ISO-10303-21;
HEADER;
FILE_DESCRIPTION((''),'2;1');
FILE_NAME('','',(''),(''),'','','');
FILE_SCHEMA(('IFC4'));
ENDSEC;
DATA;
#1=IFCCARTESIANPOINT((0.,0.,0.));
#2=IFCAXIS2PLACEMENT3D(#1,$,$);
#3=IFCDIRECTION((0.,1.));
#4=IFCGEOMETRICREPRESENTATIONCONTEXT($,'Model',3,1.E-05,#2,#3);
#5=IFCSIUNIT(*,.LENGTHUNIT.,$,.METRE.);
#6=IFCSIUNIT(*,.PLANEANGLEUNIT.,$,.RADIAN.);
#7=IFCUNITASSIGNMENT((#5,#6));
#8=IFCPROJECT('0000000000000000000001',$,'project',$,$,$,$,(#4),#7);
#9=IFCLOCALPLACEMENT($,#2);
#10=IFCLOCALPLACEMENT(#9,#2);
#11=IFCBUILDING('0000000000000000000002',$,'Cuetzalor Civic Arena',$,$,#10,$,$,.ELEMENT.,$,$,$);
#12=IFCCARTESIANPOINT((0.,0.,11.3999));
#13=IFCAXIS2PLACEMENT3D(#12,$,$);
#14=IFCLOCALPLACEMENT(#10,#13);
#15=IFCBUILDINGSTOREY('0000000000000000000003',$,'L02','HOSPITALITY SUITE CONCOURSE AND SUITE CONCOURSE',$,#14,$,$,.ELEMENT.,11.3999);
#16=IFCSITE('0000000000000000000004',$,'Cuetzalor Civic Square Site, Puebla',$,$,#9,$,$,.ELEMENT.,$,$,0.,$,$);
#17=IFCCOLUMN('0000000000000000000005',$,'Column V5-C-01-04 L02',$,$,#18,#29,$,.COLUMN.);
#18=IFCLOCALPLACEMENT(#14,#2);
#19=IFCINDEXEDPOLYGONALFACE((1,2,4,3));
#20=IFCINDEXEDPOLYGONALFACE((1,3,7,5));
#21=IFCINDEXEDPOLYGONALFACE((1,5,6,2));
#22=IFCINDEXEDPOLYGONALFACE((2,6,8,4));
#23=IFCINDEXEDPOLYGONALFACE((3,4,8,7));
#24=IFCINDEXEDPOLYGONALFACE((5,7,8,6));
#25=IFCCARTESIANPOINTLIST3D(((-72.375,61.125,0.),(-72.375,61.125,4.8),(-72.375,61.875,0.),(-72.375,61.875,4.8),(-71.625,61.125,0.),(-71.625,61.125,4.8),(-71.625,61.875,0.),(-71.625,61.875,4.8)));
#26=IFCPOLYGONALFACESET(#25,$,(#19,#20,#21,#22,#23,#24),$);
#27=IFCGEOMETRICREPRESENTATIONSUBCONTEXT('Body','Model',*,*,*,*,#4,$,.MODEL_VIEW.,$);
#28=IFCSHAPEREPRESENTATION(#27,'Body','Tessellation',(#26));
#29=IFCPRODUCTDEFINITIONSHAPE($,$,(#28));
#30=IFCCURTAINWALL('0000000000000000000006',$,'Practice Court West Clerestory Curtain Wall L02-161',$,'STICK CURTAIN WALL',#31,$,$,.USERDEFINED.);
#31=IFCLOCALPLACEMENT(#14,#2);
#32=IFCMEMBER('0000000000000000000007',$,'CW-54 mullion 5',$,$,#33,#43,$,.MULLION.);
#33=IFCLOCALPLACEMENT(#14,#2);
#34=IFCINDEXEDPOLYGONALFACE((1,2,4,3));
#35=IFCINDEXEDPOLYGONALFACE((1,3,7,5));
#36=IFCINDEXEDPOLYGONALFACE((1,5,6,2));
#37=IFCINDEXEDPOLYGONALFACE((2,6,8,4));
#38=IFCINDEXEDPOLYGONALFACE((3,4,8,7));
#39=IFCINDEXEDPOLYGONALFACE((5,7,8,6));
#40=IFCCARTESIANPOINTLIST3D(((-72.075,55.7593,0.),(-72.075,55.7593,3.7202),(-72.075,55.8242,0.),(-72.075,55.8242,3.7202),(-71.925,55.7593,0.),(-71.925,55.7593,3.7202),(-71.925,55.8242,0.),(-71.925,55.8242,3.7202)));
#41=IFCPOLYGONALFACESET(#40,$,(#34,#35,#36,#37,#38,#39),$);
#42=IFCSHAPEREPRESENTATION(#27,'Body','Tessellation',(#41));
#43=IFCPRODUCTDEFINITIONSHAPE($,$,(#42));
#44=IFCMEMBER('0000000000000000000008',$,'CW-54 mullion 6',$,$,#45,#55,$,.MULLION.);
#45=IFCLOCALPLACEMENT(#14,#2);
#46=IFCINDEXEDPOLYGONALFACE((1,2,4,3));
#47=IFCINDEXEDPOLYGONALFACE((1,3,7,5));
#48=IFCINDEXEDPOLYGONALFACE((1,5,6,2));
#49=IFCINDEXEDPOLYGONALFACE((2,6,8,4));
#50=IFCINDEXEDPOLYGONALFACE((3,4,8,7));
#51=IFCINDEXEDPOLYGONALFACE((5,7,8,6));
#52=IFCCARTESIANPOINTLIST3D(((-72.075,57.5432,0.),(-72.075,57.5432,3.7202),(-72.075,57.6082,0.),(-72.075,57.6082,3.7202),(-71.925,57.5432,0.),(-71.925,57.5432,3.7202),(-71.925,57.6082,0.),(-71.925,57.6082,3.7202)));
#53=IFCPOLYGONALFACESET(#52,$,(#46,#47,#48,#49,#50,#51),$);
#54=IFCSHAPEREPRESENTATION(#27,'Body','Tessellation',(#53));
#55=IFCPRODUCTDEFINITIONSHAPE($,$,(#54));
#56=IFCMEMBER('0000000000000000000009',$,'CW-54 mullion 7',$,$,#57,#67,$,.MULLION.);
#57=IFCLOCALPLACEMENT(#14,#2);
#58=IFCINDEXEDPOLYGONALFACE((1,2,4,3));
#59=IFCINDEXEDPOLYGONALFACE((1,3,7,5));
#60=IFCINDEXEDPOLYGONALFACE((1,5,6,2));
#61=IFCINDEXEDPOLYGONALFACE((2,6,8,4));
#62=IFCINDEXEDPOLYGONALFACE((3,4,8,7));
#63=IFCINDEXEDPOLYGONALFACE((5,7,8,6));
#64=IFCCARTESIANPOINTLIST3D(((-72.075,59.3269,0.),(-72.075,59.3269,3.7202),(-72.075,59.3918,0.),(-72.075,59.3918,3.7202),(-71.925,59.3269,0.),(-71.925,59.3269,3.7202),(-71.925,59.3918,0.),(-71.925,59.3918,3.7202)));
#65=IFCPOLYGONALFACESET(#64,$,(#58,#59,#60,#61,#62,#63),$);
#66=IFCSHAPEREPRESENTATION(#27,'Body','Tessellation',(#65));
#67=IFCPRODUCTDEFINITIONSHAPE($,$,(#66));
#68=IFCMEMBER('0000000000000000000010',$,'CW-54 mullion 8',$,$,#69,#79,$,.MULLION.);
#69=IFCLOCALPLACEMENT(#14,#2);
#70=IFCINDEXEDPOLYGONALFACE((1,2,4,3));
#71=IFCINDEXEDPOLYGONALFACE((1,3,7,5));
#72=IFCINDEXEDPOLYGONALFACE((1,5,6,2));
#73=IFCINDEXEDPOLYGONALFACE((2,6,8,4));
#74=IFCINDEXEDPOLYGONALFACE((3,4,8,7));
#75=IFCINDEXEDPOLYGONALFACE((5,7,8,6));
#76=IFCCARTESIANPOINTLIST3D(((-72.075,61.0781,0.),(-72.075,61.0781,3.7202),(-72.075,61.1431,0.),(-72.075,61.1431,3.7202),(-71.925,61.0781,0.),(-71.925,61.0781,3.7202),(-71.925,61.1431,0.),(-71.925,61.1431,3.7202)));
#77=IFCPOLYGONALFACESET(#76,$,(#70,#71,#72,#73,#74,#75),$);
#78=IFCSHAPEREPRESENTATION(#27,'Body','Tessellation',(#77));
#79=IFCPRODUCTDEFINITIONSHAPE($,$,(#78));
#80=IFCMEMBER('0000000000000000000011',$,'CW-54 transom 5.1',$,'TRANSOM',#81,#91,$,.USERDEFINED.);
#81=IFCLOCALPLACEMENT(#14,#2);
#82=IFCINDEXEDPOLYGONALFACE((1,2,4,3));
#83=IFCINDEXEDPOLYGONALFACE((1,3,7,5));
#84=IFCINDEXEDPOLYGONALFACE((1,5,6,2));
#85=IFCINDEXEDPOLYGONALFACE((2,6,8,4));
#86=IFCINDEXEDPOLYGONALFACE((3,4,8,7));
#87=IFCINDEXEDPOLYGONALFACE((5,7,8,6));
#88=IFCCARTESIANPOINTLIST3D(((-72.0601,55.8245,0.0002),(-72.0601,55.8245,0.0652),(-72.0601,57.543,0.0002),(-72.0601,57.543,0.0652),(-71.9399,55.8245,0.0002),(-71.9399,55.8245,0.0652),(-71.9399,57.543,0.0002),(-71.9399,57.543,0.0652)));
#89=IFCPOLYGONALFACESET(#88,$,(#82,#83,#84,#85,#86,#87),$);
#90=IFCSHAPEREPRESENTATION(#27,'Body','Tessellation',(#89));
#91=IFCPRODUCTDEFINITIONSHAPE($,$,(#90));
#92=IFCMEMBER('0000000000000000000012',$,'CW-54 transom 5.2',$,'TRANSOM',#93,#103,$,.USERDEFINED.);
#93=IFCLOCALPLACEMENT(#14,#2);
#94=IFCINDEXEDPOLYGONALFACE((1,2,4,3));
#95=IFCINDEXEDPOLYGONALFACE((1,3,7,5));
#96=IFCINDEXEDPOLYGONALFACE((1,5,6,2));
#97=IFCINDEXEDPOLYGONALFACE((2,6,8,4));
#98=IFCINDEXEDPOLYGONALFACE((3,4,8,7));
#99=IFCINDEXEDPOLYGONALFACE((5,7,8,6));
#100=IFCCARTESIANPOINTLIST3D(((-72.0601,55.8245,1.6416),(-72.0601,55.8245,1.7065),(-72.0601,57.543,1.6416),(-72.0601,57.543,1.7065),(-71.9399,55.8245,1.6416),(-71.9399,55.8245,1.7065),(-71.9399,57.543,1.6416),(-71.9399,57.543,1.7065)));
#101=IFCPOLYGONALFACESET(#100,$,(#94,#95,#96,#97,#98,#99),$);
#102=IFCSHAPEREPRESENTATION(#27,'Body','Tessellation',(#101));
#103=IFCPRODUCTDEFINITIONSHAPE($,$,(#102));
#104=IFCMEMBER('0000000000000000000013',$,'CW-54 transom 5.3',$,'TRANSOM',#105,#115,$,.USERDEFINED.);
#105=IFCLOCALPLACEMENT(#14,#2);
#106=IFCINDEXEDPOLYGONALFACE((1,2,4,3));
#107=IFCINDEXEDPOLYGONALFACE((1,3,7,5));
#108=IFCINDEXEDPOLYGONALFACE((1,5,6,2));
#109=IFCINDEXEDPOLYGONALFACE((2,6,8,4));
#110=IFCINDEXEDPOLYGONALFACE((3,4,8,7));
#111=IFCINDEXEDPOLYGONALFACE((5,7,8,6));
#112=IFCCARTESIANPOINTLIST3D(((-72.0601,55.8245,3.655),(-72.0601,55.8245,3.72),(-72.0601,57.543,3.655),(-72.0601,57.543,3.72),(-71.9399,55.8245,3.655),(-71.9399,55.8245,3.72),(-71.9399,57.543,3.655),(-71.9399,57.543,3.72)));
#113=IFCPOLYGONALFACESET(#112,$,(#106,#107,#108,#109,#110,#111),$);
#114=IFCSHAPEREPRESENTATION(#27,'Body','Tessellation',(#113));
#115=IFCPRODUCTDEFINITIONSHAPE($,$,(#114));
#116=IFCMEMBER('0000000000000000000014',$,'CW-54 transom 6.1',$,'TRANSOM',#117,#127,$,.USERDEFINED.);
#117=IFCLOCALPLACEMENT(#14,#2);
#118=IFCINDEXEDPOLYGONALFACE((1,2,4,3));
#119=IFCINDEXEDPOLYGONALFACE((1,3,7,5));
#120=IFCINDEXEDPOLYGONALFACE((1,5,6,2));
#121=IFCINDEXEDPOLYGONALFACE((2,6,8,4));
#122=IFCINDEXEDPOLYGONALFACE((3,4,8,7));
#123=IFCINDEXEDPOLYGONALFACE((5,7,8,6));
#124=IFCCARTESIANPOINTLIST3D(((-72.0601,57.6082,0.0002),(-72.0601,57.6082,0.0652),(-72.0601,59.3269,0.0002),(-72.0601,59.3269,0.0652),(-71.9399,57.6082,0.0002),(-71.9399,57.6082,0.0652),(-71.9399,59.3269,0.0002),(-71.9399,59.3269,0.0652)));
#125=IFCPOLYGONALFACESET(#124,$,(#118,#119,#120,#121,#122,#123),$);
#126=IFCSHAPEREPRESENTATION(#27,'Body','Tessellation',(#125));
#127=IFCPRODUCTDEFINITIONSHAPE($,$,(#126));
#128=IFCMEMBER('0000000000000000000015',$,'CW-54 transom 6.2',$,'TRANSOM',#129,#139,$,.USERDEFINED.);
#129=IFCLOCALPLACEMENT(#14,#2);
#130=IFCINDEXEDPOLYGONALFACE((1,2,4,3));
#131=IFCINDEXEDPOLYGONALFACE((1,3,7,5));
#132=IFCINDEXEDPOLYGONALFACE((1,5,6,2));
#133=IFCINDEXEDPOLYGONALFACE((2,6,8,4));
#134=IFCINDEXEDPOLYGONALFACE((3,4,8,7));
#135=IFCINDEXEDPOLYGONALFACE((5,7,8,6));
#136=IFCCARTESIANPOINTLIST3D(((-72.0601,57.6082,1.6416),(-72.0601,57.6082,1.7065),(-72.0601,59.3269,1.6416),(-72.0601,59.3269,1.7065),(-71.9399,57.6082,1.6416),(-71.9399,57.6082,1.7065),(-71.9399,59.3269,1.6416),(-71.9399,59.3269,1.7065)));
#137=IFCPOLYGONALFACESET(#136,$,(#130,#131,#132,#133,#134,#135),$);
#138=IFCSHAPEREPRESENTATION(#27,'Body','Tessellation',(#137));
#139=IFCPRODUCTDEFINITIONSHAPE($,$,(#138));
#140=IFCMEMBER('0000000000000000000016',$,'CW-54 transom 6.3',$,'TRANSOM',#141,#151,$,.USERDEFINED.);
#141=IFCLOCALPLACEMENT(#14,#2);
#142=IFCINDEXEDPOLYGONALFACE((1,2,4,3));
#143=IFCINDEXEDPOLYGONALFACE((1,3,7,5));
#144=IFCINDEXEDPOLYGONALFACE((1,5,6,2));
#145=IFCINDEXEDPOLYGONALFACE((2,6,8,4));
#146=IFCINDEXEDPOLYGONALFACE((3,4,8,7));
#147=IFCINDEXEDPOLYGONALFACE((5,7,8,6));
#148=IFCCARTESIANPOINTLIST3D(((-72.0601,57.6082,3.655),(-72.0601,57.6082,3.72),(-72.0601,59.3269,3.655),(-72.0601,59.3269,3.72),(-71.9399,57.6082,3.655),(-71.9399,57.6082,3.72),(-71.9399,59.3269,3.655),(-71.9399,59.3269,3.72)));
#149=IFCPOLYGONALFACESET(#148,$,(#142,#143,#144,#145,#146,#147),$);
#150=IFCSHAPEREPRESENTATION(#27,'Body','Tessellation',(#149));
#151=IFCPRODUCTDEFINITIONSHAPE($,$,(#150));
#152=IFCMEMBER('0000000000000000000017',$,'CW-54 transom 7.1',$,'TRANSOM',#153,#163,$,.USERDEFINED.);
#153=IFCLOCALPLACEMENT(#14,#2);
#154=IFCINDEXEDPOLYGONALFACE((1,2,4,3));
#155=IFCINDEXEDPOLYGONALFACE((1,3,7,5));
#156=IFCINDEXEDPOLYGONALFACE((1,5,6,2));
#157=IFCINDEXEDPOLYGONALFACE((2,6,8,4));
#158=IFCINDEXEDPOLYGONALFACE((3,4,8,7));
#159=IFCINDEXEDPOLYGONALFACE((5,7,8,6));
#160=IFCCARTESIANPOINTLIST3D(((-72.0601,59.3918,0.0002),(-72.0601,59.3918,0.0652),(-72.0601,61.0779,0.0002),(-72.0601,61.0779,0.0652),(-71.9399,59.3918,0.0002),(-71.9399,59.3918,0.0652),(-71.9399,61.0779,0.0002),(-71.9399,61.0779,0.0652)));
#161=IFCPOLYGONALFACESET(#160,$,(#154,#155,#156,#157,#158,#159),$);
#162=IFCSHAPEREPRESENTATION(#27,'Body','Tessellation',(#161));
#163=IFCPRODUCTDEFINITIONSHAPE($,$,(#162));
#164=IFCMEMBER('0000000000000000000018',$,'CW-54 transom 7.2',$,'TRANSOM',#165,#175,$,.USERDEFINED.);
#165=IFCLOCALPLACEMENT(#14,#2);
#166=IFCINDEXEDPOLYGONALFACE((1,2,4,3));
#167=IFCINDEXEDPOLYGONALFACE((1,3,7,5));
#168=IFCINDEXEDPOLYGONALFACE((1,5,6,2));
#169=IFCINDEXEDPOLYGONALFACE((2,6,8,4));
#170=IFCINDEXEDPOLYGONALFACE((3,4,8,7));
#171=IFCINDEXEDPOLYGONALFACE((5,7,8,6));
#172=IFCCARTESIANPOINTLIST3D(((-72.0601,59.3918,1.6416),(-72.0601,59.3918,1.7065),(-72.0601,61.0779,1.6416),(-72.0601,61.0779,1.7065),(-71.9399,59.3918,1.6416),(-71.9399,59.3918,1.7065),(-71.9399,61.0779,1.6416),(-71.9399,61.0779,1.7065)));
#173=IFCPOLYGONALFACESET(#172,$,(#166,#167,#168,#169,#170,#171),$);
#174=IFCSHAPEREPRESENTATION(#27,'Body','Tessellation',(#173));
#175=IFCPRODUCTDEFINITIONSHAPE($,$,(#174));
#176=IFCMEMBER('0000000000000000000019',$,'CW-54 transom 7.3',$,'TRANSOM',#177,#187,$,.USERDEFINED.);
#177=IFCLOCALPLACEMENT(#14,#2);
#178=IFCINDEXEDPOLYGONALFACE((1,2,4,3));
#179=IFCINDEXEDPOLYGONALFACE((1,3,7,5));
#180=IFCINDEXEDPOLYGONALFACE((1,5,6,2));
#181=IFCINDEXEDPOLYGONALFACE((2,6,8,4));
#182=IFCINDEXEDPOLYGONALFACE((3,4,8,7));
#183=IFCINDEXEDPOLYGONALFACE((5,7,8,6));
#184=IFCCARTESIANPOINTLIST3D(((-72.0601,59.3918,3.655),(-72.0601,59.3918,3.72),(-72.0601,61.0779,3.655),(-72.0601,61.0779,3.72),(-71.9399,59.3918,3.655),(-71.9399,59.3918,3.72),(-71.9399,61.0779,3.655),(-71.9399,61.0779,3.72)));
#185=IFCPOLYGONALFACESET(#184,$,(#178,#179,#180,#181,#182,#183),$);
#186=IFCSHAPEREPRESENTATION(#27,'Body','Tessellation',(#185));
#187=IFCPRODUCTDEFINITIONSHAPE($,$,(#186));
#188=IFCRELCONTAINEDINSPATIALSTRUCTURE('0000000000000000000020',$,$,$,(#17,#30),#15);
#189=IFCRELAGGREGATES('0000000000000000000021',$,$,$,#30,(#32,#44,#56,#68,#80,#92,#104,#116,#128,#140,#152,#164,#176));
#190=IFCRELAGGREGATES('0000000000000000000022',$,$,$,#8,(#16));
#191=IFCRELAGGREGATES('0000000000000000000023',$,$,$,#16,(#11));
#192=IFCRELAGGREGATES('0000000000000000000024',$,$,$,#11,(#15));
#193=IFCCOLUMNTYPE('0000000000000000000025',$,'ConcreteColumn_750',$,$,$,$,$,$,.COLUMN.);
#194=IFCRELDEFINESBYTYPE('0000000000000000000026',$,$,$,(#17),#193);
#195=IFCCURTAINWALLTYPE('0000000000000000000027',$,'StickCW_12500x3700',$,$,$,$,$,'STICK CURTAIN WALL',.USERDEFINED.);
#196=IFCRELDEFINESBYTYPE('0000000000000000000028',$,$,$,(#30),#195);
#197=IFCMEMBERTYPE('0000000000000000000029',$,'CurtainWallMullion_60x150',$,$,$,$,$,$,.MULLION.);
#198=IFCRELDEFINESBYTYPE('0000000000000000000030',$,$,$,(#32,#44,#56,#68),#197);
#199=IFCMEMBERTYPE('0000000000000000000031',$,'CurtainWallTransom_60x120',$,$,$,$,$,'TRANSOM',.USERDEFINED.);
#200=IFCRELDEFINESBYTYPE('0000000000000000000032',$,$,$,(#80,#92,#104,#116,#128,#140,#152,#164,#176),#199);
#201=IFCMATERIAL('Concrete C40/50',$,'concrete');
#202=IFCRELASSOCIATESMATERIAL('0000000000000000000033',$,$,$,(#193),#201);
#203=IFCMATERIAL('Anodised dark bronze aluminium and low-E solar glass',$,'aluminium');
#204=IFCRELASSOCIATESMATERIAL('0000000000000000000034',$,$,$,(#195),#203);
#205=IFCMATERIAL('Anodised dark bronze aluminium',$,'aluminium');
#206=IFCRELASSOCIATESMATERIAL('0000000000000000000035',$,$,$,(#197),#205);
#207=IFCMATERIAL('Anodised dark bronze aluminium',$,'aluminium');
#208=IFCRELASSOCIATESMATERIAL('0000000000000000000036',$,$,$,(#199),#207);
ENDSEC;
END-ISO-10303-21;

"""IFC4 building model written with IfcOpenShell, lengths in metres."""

from ifc_helpers import new_model, si_unit, direction, frame, origin, origin_2d, place, context, subcontext, project, spatial, rectangle, extrude, material, material_profile, profile_set, type_object, element, aggregate, save


model = new_model("IFC4")

# Units and contexts
model_context = context("Model", 3, precision=1e-05, world=origin(), true_north=direction((0.0, 1.0)))
body_context = subcontext(model_context, "Body", "Model", "MODEL_VIEW")
ifc_project = project(units=[si_unit("LENGTHUNIT", "METRE"), si_unit("PLANEANGLEUNIT", "RADIAN")], contexts=[model_context])

# Site, building, storey
site_placement = place(None, origin())
site = spatial("IfcSite", under=ifc_project, at=site_placement, Name="Cuetzalor Civic Square Site, Puebla", CompositionType="ELEMENT", RefElevation=0.0)
building_placement = place(site_placement, origin())
building = spatial("IfcBuilding", under=site, at=building_placement, Name="Cuetzalor Civic Arena", CompositionType="ELEMENT")
storey_placement = place(building_placement, frame((0.0, 0.0, 11.3999)))
storey = spatial("IfcBuildingStorey", under=building, at=storey_placement, Name="L02", Description="HOSPITALITY SUITE CONCOURSE AND SUITE CONCOURSE", CompositionType="ELEMENT", Elevation=11.3999)

# Column
ifc_material_1 = material(Name="Concrete C40/50", Category="concrete")
ifc_material_profile_1 = material_profile(ifc_material_1, rectangle(XDim=0.75, YDim=0.75, at=origin_2d()), Name="RC 750x750")
ifc_profile_set_1 = profile_set([ifc_material_profile_1], Name="Concrete C40/50")
column_type = type_object("IfcColumnType", Name="ConcreteColumn_750", PredefinedType="COLUMN", material=ifc_profile_set_1)
column_placement = place(storey_placement, frame((-72.0, 61.5, 0.0), z_axis=(0.0, 0.0, 1.0), x_axis=(1.0, 0.0, 0.0)))
element("IfcColumn", 1, at=column_placement, inside=storey, type_object=column_type, Name="Column V5-C-01-04 L02", PredefinedType="COLUMN", context=body_context, shape_type="SweptSolid", body=[
    extrude(rectangle(XDim=0.75, YDim=0.75, at=origin_2d()), origin(), (0.0, 0.0, 1.0), 4.8),
])

# Curtain wall, members
ifc_material_2 = material(Name="Anodised dark bronze aluminium and low-E solar glass", Category="aluminium")
curtain_wall_type = type_object("IfcCurtainWallType", Name="StickCW_12500x3700", ElementType="STICK CURTAIN WALL", PredefinedType="USERDEFINED", material=ifc_material_2)
curtain_wall_placement = place(storey_placement, origin())
curtain_wall = element("IfcCurtainWall", 2, at=curtain_wall_placement, inside=storey, type_object=curtain_wall_type, Name="Practice Court West Clerestory Curtain Wall L02-161", ObjectType="STICK CURTAIN WALL", PredefinedType="USERDEFINED")
ifc_material_3 = material(Name="Anodised dark bronze aluminium", Category="aluminium")
ifc_material_profile_2 = material_profile(ifc_material_3, rectangle(XDim=0.0649, YDim=0.1499, at=origin_2d()), Name="ALU MULLION 65x150")
ifc_profile_set_2 = profile_set([ifc_material_profile_2], Name="Anodised dark bronze aluminium")
member_type_1 = type_object("IfcMemberType", Name="CurtainWallMullion_60x150", PredefinedType="MULLION", material=ifc_profile_set_2)
member_1_placement = place(storey_placement, frame((-72.0, 55.7917, 0.0), z_axis=(0.0, 0.0, 1.0), x_axis=(0.0, 1.0, 0.0)))
member_1 = element("IfcMember", 3, at=member_1_placement, type_object=member_type_1, Name="CW-54 mullion 5", PredefinedType="MULLION", context=body_context, shape_type="SweptSolid", body=[
    extrude(rectangle(XDim=0.0649, YDim=0.1499, at=origin_2d()), origin(), (0.0, 0.0, 1.0), 3.7202),
])
member_2_placement = place(storey_placement, frame((-72.0, 57.5757, 0.0), z_axis=(0.0, 0.0, 1.0), x_axis=(0.0, 1.0, 0.0)))
member_2 = element("IfcMember", 4, at=member_2_placement, type_object=member_type_1, Name="CW-54 mullion 6", PredefinedType="MULLION", context=body_context, shape_type="SweptSolid", body=[
    extrude(rectangle(XDim=0.0649, YDim=0.1499, at=origin_2d()), origin(), (0.0, 0.0, 1.0), 3.7202),
])
member_3_placement = place(storey_placement, frame((-72.0, 59.3594, 0.0), z_axis=(0.0, 0.0, 1.0), x_axis=(0.0, 1.0, 0.0)))
member_3 = element("IfcMember", 5, at=member_3_placement, type_object=member_type_1, Name="CW-54 mullion 7", PredefinedType="MULLION", context=body_context, shape_type="SweptSolid", body=[
    extrude(rectangle(XDim=0.0649, YDim=0.1499, at=origin_2d()), origin(), (0.0, 0.0, 1.0), 3.7202),
])
member_4_placement = place(storey_placement, frame((-72.0, 61.1106, 0.0), z_axis=(0.0, 0.0, 1.0), x_axis=(0.0, 1.0, 0.0)))
member_4 = element("IfcMember", 6, at=member_4_placement, type_object=member_type_1, Name="CW-54 mullion 8", PredefinedType="MULLION", context=body_context, shape_type="SweptSolid", body=[
    extrude(rectangle(XDim=0.0649, YDim=0.1499, at=origin_2d()), origin(), (0.0, 0.0, 1.0), 3.7202),
])
ifc_material_4 = material(Name="Anodised dark bronze aluminium", Category="aluminium")
ifc_material_profile_3 = material_profile(ifc_material_4, rectangle(XDim=0.1201, YDim=0.0649, at=origin_2d()), Name="ALU TRANSOM 65x120")
ifc_profile_set_3 = profile_set([ifc_material_profile_3], Name="Anodised dark bronze aluminium")
member_type_2 = type_object("IfcMemberType", Name="CurtainWallTransom_60x120", ElementType="TRANSOM", PredefinedType="USERDEFINED", material=ifc_profile_set_3)
member_5_placement = place(storey_placement, frame((-72.0, 55.8245, 0.0327), z_axis=(0.0, 1.0, 0.0), x_axis=(-1.0, 0.0, 0.0)))
member_5 = element("IfcMember", 7, at=member_5_placement, type_object=member_type_2, Name="CW-54 transom 5.1", ObjectType="TRANSOM", PredefinedType="USERDEFINED", context=body_context, shape_type="SweptSolid", body=[
    extrude(rectangle(XDim=0.1201, YDim=0.0649, at=origin_2d()), origin(), (0.0, 0.0, 1.0), 1.7185),
])
member_6_placement = place(storey_placement, frame((-72.0, 55.8245, 1.6741), z_axis=(0.0, 1.0, 0.0), x_axis=(-1.0, 0.0, 0.0)))
member_6 = element("IfcMember", 8, at=member_6_placement, type_object=member_type_2, Name="CW-54 transom 5.2", ObjectType="TRANSOM", PredefinedType="USERDEFINED", context=body_context, shape_type="SweptSolid", body=[
    extrude(rectangle(XDim=0.1201, YDim=0.0649, at=origin_2d()), origin(), (0.0, 0.0, 1.0), 1.7185),
])
member_7_placement = place(storey_placement, frame((-72.0, 55.8245, 3.6875), z_axis=(0.0, 1.0, 0.0), x_axis=(-1.0, 0.0, 0.0)))
member_7 = element("IfcMember", 9, at=member_7_placement, type_object=member_type_2, Name="CW-54 transom 5.3", ObjectType="TRANSOM", PredefinedType="USERDEFINED", context=body_context, shape_type="SweptSolid", body=[
    extrude(rectangle(XDim=0.1201, YDim=0.0649, at=origin_2d()), origin(), (0.0, 0.0, 1.0), 1.7185),
])
member_8_placement = place(storey_placement, frame((-72.0, 57.6082, 0.0327), z_axis=(0.0, 1.0, 0.0), x_axis=(-1.0, 0.0, 0.0)))
member_8 = element("IfcMember", 10, at=member_8_placement, type_object=member_type_2, Name="CW-54 transom 6.1", ObjectType="TRANSOM", PredefinedType="USERDEFINED", context=body_context, shape_type="SweptSolid", body=[
    extrude(rectangle(XDim=0.1201, YDim=0.0649, at=origin_2d()), origin(), (0.0, 0.0, 1.0), 1.7188),
])
member_9_placement = place(storey_placement, frame((-72.0, 57.6082, 1.6741), z_axis=(0.0, 1.0, 0.0), x_axis=(-1.0, 0.0, 0.0)))
member_9 = element("IfcMember", 11, at=member_9_placement, type_object=member_type_2, Name="CW-54 transom 6.2", ObjectType="TRANSOM", PredefinedType="USERDEFINED", context=body_context, shape_type="SweptSolid", body=[
    extrude(rectangle(XDim=0.1201, YDim=0.0649, at=origin_2d()), origin(), (0.0, 0.0, 1.0), 1.7188),
])
member_10_placement = place(storey_placement, frame((-72.0, 57.6082, 3.6875), z_axis=(0.0, 1.0, 0.0), x_axis=(-1.0, 0.0, 0.0)))
member_10 = element("IfcMember", 12, at=member_10_placement, type_object=member_type_2, Name="CW-54 transom 6.3", ObjectType="TRANSOM", PredefinedType="USERDEFINED", context=body_context, shape_type="SweptSolid", body=[
    extrude(rectangle(XDim=0.1201, YDim=0.0649, at=origin_2d()), origin(), (0.0, 0.0, 1.0), 1.7188),
])
member_11_placement = place(storey_placement, frame((-72.0, 59.3918, 0.0327), z_axis=(0.0, 1.0, 0.0), x_axis=(-1.0, 0.0, 0.0)))
member_11 = element("IfcMember", 13, at=member_11_placement, type_object=member_type_2, Name="CW-54 transom 7.1", ObjectType="TRANSOM", PredefinedType="USERDEFINED", context=body_context, shape_type="SweptSolid", body=[
    extrude(rectangle(XDim=0.1201, YDim=0.0649, at=origin_2d()), origin(), (0.0, 0.0, 1.0), 1.686),
])
member_12_placement = place(storey_placement, frame((-72.0, 59.3918, 1.6741), z_axis=(0.0, 1.0, 0.0), x_axis=(-1.0, 0.0, 0.0)))
member_12 = element("IfcMember", 14, at=member_12_placement, type_object=member_type_2, Name="CW-54 transom 7.2", ObjectType="TRANSOM", PredefinedType="USERDEFINED", context=body_context, shape_type="SweptSolid", body=[
    extrude(rectangle(XDim=0.1201, YDim=0.0649, at=origin_2d()), origin(), (0.0, 0.0, 1.0), 1.686),
])
member_13_placement = place(storey_placement, frame((-72.0, 59.3918, 3.6875), z_axis=(0.0, 1.0, 0.0), x_axis=(-1.0, 0.0, 0.0)))
member_13 = element("IfcMember", 15, at=member_13_placement, type_object=member_type_2, Name="CW-54 transom 7.3", ObjectType="TRANSOM", PredefinedType="USERDEFINED", context=body_context, shape_type="SweptSolid", body=[
    extrude(rectangle(XDim=0.1201, YDim=0.0649, at=origin_2d()), origin(), (0.0, 0.0, 1.0), 1.686),
])

aggregate(curtain_wall, [member_1, member_2, member_3, member_4, member_5, member_6, member_7, member_8, member_9, member_10, member_11, member_12, member_13])

save(model, "model.ifc")
